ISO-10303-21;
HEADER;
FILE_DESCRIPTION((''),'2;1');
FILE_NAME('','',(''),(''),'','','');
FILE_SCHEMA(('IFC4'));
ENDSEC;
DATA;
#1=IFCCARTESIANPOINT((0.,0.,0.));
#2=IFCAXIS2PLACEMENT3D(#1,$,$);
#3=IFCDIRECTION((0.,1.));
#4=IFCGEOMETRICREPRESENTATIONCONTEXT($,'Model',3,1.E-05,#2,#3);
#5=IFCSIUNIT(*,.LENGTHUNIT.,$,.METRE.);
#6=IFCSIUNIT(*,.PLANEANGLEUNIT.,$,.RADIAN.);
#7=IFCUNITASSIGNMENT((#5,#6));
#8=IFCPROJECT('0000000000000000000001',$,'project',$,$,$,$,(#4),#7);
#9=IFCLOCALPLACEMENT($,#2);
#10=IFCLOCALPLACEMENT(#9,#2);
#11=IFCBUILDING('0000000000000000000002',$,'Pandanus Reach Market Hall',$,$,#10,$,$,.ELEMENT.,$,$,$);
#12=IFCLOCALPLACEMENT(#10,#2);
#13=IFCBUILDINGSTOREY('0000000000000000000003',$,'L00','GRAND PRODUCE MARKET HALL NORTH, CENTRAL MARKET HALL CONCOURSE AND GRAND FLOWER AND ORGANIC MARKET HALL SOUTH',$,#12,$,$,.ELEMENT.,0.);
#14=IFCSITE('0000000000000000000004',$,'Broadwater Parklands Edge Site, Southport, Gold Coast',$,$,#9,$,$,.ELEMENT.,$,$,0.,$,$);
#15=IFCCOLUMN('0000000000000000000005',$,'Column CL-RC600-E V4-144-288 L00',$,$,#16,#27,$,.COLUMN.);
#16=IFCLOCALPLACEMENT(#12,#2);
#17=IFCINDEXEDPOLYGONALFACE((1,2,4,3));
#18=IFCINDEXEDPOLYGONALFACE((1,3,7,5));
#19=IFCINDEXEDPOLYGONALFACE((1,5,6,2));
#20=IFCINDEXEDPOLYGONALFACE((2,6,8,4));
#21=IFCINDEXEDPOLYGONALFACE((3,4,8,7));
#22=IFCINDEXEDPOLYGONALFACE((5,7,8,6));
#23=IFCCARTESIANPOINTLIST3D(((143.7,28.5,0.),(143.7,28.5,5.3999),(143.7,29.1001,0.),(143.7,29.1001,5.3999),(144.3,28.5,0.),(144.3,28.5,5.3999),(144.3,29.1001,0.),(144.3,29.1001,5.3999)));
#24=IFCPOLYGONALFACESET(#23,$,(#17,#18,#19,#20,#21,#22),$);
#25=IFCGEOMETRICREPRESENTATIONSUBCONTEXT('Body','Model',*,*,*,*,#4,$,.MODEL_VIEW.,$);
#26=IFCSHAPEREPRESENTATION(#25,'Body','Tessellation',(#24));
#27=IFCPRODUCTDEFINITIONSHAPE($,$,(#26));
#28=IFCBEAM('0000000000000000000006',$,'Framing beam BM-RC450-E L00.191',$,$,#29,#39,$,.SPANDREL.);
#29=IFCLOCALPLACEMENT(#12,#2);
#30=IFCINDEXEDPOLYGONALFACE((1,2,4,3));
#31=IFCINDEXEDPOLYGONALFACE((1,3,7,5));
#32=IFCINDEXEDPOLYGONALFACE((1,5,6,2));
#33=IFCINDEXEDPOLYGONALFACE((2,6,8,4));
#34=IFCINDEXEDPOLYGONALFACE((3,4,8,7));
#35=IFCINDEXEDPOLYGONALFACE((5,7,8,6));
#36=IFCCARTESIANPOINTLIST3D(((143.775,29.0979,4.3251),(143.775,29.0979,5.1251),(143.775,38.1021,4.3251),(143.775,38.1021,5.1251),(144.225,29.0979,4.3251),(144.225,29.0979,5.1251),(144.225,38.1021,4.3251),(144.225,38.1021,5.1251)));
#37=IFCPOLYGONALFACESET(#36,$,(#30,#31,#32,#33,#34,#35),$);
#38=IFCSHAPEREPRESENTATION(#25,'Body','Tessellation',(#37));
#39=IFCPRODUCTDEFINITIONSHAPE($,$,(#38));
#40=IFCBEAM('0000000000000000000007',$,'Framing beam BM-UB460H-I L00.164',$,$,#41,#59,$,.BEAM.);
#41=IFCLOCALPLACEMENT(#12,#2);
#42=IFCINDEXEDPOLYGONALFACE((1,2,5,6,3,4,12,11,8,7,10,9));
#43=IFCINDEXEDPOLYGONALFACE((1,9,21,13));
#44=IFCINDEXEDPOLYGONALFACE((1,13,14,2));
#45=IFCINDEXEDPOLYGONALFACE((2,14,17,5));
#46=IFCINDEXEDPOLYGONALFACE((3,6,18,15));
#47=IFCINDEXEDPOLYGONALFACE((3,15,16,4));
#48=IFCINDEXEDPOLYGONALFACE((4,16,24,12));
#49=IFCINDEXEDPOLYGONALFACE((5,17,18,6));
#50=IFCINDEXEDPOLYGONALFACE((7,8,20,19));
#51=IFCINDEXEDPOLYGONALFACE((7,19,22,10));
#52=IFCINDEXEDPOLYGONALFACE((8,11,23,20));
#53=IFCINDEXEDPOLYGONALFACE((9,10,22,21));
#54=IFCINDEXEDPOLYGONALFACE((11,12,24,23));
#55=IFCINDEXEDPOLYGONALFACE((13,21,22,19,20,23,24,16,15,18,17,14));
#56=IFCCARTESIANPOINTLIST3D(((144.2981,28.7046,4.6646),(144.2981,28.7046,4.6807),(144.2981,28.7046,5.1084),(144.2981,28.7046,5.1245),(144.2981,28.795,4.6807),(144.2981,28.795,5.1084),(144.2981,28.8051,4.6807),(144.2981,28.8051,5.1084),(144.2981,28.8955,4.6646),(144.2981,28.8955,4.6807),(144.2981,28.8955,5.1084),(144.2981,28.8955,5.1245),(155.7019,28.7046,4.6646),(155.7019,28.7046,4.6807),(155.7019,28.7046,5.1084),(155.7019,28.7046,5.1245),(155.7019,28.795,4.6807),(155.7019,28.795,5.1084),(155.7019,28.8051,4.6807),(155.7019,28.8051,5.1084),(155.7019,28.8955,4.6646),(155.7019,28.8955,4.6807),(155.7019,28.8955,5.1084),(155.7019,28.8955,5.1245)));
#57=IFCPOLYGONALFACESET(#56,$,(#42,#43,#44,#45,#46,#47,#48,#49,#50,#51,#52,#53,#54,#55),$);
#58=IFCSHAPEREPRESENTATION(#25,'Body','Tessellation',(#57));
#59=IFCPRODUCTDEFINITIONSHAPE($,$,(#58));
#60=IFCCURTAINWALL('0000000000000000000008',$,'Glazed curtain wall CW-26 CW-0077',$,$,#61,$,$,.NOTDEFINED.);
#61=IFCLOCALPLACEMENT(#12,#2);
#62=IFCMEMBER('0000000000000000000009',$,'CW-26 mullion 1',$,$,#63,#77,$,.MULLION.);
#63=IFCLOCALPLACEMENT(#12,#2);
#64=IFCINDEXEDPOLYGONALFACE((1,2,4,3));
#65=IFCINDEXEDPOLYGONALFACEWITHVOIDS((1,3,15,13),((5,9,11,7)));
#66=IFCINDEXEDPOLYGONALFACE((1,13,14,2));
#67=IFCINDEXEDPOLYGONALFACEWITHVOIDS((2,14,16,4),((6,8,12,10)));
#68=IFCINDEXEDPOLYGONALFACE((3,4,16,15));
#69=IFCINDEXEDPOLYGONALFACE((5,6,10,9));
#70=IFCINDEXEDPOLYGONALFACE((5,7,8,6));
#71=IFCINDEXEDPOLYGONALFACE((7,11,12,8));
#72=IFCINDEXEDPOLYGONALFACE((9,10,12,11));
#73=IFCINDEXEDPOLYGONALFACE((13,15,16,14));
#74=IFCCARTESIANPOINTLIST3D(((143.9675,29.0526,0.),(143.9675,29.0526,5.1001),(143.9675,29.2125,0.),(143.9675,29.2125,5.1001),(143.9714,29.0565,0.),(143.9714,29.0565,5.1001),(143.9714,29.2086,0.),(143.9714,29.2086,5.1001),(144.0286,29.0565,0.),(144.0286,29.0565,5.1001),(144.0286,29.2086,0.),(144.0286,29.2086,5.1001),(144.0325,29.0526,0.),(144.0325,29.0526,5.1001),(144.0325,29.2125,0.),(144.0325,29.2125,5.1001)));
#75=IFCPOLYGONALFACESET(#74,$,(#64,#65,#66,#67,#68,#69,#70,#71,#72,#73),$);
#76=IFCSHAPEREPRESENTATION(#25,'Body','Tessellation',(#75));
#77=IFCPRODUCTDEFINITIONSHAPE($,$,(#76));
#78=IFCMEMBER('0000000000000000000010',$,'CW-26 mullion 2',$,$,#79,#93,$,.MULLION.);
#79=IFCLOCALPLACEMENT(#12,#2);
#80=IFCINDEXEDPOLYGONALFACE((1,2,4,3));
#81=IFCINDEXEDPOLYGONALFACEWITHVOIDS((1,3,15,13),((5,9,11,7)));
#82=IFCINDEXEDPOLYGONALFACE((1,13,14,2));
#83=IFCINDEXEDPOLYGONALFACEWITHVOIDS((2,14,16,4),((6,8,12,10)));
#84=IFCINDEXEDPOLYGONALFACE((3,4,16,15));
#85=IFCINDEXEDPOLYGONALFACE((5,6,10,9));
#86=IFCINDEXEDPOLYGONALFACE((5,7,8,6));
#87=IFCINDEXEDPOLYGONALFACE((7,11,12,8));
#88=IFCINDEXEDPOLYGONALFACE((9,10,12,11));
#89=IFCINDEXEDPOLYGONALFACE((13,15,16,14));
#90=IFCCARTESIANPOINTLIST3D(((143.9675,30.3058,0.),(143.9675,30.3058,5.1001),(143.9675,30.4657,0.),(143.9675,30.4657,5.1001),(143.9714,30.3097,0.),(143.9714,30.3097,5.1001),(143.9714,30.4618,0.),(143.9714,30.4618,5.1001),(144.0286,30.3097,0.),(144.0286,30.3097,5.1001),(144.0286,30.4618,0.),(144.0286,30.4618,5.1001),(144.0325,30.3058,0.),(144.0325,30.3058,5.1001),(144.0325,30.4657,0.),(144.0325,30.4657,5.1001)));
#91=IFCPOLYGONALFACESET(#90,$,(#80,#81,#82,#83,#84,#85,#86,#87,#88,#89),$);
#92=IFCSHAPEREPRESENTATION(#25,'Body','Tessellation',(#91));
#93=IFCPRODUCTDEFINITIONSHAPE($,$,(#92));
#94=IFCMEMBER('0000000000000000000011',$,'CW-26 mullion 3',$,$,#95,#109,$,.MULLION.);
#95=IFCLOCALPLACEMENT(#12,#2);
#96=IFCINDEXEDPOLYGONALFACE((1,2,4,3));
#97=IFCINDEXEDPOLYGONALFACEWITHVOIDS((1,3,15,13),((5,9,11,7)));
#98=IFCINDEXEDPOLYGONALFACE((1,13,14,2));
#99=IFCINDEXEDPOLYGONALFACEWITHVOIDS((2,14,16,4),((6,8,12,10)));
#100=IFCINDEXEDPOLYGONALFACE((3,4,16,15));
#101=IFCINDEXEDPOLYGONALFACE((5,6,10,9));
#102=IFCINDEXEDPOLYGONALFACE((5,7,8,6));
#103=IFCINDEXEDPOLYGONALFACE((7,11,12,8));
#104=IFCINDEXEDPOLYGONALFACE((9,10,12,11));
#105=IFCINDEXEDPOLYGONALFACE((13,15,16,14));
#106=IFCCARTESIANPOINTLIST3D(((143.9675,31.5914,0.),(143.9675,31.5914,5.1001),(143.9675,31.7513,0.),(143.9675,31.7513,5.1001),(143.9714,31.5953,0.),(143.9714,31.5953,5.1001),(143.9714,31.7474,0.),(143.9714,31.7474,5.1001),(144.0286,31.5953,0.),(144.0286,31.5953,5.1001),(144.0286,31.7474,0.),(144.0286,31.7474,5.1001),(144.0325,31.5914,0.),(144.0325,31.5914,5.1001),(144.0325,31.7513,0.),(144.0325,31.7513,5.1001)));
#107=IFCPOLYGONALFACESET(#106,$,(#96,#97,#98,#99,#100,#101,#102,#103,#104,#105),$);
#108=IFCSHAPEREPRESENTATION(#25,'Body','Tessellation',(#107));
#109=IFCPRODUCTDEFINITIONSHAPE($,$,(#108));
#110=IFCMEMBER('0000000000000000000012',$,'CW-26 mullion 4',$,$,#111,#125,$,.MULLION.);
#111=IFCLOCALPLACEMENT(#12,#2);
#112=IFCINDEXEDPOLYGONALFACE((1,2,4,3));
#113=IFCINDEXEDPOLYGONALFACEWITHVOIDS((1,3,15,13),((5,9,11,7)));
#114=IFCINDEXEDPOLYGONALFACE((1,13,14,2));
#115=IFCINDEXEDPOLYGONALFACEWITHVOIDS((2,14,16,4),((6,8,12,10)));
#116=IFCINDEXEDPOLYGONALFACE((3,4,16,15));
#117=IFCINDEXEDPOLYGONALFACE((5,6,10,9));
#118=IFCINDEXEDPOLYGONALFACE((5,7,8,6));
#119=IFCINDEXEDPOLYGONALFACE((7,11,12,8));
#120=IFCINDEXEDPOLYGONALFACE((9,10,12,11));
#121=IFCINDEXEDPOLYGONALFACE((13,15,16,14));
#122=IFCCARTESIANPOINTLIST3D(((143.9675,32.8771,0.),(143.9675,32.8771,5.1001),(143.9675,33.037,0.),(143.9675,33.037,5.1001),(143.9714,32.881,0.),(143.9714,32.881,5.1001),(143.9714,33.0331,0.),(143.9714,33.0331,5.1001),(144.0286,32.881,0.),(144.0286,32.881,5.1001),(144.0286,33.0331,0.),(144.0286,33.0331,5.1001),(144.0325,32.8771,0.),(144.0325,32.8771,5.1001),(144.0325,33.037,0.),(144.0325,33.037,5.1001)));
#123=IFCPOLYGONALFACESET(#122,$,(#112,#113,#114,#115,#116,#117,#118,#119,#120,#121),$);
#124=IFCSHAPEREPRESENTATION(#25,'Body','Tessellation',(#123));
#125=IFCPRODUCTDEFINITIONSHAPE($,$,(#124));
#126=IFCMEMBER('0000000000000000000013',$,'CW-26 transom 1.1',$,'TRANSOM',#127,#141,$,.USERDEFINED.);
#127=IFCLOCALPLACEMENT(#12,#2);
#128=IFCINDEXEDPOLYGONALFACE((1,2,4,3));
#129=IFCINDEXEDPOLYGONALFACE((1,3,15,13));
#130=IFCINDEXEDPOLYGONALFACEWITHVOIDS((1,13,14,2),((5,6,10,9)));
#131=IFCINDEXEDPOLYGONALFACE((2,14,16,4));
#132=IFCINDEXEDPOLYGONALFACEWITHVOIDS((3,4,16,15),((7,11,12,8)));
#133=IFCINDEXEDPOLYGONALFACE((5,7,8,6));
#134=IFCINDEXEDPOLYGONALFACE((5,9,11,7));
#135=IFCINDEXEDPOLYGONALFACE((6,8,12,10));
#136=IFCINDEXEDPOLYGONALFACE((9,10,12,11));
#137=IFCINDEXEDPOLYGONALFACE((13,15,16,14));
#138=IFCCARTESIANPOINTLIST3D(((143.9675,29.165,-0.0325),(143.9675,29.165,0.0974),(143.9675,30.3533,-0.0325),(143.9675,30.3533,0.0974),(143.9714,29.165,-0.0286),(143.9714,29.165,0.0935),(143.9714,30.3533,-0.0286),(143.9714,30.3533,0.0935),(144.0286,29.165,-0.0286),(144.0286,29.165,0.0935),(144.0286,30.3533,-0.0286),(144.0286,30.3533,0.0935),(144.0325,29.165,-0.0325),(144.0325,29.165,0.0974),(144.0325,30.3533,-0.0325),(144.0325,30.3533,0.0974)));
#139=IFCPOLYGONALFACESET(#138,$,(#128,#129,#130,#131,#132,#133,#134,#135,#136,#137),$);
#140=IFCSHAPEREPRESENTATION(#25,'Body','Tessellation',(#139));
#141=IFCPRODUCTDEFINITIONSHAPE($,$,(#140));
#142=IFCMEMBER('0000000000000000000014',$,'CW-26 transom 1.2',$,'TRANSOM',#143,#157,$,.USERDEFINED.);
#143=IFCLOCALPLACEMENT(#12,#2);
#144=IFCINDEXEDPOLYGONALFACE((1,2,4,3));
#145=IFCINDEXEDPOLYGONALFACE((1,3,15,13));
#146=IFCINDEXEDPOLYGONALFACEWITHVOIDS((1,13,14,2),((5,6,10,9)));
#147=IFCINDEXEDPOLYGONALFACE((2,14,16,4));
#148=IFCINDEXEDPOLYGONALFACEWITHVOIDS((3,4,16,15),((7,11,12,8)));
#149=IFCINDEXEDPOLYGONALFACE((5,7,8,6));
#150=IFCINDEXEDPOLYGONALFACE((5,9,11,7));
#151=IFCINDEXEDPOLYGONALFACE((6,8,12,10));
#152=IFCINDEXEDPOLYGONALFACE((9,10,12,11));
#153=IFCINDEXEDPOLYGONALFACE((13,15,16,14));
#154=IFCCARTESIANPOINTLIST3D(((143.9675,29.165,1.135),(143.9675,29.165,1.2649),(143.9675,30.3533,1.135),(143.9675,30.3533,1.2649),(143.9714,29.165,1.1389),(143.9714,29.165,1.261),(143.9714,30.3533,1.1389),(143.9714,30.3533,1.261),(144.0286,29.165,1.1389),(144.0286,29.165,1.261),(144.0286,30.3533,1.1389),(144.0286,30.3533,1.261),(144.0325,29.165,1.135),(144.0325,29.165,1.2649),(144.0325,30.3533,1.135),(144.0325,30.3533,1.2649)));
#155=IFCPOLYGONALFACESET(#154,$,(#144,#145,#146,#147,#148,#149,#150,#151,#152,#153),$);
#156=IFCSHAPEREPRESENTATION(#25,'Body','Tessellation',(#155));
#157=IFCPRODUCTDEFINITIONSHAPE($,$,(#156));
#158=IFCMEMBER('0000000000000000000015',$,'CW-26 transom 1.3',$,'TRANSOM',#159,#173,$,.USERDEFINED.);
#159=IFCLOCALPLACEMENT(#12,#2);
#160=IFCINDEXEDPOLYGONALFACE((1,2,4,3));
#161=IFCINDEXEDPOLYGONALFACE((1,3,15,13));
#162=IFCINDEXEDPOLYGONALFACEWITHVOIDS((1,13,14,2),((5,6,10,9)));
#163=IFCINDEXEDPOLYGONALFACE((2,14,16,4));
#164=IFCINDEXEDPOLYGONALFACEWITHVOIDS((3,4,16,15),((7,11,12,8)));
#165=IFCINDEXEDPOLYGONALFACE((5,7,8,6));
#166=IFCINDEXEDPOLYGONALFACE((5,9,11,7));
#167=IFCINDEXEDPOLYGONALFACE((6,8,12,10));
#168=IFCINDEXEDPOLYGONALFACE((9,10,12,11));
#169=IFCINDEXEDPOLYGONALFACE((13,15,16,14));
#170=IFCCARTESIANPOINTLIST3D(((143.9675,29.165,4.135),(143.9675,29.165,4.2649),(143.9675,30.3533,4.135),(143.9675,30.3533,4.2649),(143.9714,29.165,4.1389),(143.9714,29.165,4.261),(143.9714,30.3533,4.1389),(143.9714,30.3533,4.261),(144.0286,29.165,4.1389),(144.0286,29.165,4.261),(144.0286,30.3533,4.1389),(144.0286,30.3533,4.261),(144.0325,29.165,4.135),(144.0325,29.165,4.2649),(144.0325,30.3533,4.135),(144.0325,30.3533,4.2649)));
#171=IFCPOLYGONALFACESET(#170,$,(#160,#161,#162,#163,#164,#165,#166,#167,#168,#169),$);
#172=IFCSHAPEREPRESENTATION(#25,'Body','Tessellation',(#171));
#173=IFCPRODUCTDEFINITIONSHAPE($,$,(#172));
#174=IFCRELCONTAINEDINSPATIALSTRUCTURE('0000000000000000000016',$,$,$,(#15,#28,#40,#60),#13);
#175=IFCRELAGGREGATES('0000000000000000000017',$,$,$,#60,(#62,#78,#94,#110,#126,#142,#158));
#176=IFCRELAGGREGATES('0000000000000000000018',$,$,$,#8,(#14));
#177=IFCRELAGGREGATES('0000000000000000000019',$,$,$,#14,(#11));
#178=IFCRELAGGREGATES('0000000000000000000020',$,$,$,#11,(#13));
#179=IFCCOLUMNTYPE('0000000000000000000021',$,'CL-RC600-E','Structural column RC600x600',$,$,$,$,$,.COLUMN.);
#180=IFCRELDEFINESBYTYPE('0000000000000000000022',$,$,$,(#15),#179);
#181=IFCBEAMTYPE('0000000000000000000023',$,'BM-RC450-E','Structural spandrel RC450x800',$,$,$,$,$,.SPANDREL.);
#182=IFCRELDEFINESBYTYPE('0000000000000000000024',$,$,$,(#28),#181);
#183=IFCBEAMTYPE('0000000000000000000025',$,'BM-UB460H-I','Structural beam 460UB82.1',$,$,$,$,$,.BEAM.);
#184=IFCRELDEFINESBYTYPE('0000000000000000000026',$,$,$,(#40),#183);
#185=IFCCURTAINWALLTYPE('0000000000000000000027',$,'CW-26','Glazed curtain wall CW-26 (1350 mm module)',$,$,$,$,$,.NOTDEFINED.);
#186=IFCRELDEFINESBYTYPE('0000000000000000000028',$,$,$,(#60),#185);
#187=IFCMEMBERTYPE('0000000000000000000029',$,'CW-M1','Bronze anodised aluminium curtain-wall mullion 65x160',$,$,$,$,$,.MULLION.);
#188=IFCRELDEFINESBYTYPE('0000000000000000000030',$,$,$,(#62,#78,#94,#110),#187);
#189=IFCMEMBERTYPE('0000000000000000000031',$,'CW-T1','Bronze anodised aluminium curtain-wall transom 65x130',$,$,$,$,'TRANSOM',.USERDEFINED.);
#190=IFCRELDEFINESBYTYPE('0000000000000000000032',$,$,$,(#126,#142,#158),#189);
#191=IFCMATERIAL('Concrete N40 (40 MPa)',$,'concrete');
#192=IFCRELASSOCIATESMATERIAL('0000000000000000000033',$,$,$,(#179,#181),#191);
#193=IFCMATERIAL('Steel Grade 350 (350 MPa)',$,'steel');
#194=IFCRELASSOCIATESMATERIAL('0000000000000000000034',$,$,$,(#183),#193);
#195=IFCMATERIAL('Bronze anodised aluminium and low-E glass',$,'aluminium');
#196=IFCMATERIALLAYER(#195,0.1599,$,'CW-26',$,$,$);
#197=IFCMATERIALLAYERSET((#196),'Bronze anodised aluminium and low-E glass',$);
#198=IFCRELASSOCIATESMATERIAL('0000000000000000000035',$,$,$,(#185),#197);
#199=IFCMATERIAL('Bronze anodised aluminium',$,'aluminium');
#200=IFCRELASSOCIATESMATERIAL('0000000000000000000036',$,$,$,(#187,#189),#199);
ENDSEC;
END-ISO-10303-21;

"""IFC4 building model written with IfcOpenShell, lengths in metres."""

from ifc_helpers import new_model, si_unit, direction, frame, origin, origin_2d, place, context, subcontext, project, spatial, rectangle, hollow_rectangle, i_section, extrude, material, layer, layer_set, material_profile, profile_set, type_object, element, aggregate, save


model = new_model("IFC4")

# Units and contexts
model_context = context("Model", 3, precision=1e-05, world=origin(), true_north=direction((0.0, 1.0)))
body_context = subcontext(model_context, "Body", "Model", "MODEL_VIEW")
ifc_project = project(units=[si_unit("LENGTHUNIT", "METRE"), si_unit("PLANEANGLEUNIT", "RADIAN")], contexts=[model_context])

# Site, building, storey
site_placement = place(None, origin())
site = spatial("IfcSite", under=ifc_project, at=site_placement, Name="Broadwater Parklands Edge Site, Southport, Gold Coast", CompositionType="ELEMENT", RefElevation=0.0)
building_placement = place(site_placement, origin())
building = spatial("IfcBuilding", under=site, at=building_placement, Name="Pandanus Reach Market Hall", CompositionType="ELEMENT")
storey_placement = place(building_placement, origin())
storey = spatial("IfcBuildingStorey", under=building, at=storey_placement, Name="L00", Description="GRAND PRODUCE MARKET HALL NORTH, CENTRAL MARKET HALL CONCOURSE AND GRAND FLOWER AND ORGANIC MARKET HALL SOUTH", CompositionType="ELEMENT", Elevation=0.0)

# Column
ifc_material_1 = material(Name="Concrete N40 (40 MPa)", Category="concrete")
ifc_material_profile_1 = material_profile(ifc_material_1, rectangle(XDim=0.6001, YDim=0.6001, at=origin_2d()), Name="RC600x600", Category="LoadBearing")
ifc_profile_set_1 = profile_set([ifc_material_profile_1], Name="Concrete N40 (40 MPa)")
column_type = type_object("IfcColumnType", Name="CL-RC600-E", Description="Structural column RC600x600", PredefinedType="COLUMN", material=ifc_profile_set_1)
column_placement = place(storey_placement, frame((144.0, 28.8, 0.0), z_axis=(0.0, 0.0, 1.0), x_axis=(1.0, 0.0, 0.0)))
element("IfcColumn", 1, at=column_placement, inside=storey, type_object=column_type, Name="Column CL-RC600-E V4-144-288 L00", PredefinedType="COLUMN", context=body_context, shape_type="SweptSolid", body=[
    extrude(rectangle(XDim=0.6001, YDim=0.6001, at=origin_2d()), origin(), (0.0, 0.0, 1.0), 5.3999),
])

# Beams
ifc_material_profile_2 = material_profile(ifc_material_1, rectangle(XDim=0.45, YDim=0.8, at=origin_2d()), Name="RC450x800", Category="LoadBearing")
ifc_profile_set_2 = profile_set([ifc_material_profile_2], Name="Concrete N40 (40 MPa)")
beam_type_1 = type_object("IfcBeamType", Name="BM-RC450-E", Description="Structural spandrel RC450x800", PredefinedType="SPANDREL", material=ifc_profile_set_2)
beam_1_placement = place(storey_placement, frame((144.0, 29.0979, 4.7251), z_axis=(0.0, 1.0, 0.0), x_axis=(-1.0, 0.0, 0.0)))
element("IfcBeam", 2, at=beam_1_placement, inside=storey, type_object=beam_type_1, Name="Framing beam BM-RC450-E L00.191", PredefinedType="SPANDREL", context=body_context, shape_type="SweptSolid", body=[
    extrude(rectangle(XDim=0.45, YDim=0.8, at=origin_2d()), origin(), (0.0, 0.0, 1.0), 9.0042),
])
ifc_material_2 = material(Name="Steel Grade 350 (350 MPa)", Category="steel")
ifc_material_profile_3 = material_profile(ifc_material_2, i_section(OverallWidth=0.1909, OverallDepth=0.46, WebThickness=0.01, FlangeThickness=0.0161, at=origin_2d()), Name="460UB82.1", Category="LoadBearing")
ifc_profile_set_3 = profile_set([ifc_material_profile_3], Name="Steel Grade 350 (350 MPa)")
beam_type_2 = type_object("IfcBeamType", Name="BM-UB460H-I", Description="Structural beam 460UB82.1", PredefinedType="BEAM", material=ifc_profile_set_3)
beam_2_placement = place(storey_placement, frame((144.2981, 28.8, 4.8945), z_axis=(1.0, 0.0, 0.0), x_axis=(0.0, 1.0, 0.0)))
element("IfcBeam", 3, at=beam_2_placement, inside=storey, type_object=beam_type_2, Name="Framing beam BM-UB460H-I L00.164", PredefinedType="BEAM", context=body_context, shape_type="SweptSolid", body=[
    extrude(i_section(OverallWidth=0.1909, OverallDepth=0.46, WebThickness=0.01, FlangeThickness=0.0161, at=origin_2d()), origin(), (0.0, 0.0, 1.0), 11.4038),
])

# Curtain wall, members
ifc_material_3 = material(Name="Bronze anodised aluminium and low-E glass", Category="aluminium")
ifc_layer_1 = layer(ifc_material_3, 0.1599, Name="CW-26")
ifc_layer_set_1 = layer_set([ifc_layer_1], Name="Bronze anodised aluminium and low-E glass")
curtain_wall_type = type_object("IfcCurtainWallType", Name="CW-26", Description="Glazed curtain wall CW-26 (1350 mm module)", PredefinedType="NOTDEFINED", material=ifc_layer_set_1)
curtain_wall_placement = place(storey_placement, origin())
curtain_wall = element("IfcCurtainWall", 4, at=curtain_wall_placement, inside=storey, type_object=curtain_wall_type, Name="Glazed curtain wall CW-26 CW-0077", PredefinedType="NOTDEFINED")
ifc_material_4 = material(Name="Bronze anodised aluminium", Category="aluminium")
ifc_material_profile_4 = material_profile(ifc_material_4, hollow_rectangle(XDim=0.0649, YDim=0.1599, WallThickness=0.0039, at=origin_2d()), Name="ALU65x160", Category="LoadBearing")
ifc_profile_set_4 = profile_set([ifc_material_profile_4], Name="Bronze anodised aluminium")
member_type_1 = type_object("IfcMemberType", Name="CW-M1", Description="Bronze anodised aluminium curtain-wall mullion 65x160", PredefinedType="MULLION", material=ifc_profile_set_4)
member_1_placement = place(storey_placement, frame((144.0, 29.1326, 0.0), z_axis=(0.0, 0.0, 1.0), x_axis=(-1.0, 0.0, 0.0)))
member_1 = element("IfcMember", 5, at=member_1_placement, type_object=member_type_1, Name="CW-26 mullion 1", PredefinedType="MULLION", context=body_context, shape_type="SweptSolid", body=[
    extrude(hollow_rectangle(XDim=0.0649, YDim=0.1599, WallThickness=0.0039, at=origin_2d()), origin(), (0.0, 0.0, 1.0), 5.1001),
])
member_2_placement = place(storey_placement, frame((144.0, 30.3857, 0.0), z_axis=(0.0, 0.0, 1.0), x_axis=(-1.0, 0.0, 0.0)))
member_2 = element("IfcMember", 6, at=member_2_placement, type_object=member_type_1, Name="CW-26 mullion 2", PredefinedType="MULLION", context=body_context, shape_type="SweptSolid", body=[
    extrude(hollow_rectangle(XDim=0.0649, YDim=0.1599, WallThickness=0.0039, at=origin_2d()), origin(), (0.0, 0.0, 1.0), 5.1001),
])
member_3_placement = place(storey_placement, frame((144.0, 31.6714, 0.0), z_axis=(0.0, 0.0, 1.0), x_axis=(-1.0, 0.0, 0.0)))
member_3 = element("IfcMember", 7, at=member_3_placement, type_object=member_type_1, Name="CW-26 mullion 3", PredefinedType="MULLION", context=body_context, shape_type="SweptSolid", body=[
    extrude(hollow_rectangle(XDim=0.0649, YDim=0.1599, WallThickness=0.0039, at=origin_2d()), origin(), (0.0, 0.0, 1.0), 5.1001),
])
member_4_placement = place(storey_placement, frame((144.0, 32.957, 0.0), z_axis=(0.0, 0.0, 1.0), x_axis=(-1.0, 0.0, 0.0)))
member_4 = element("IfcMember", 8, at=member_4_placement, type_object=member_type_1, Name="CW-26 mullion 4", PredefinedType="MULLION", context=body_context, shape_type="SweptSolid", body=[
    extrude(hollow_rectangle(XDim=0.0649, YDim=0.1599, WallThickness=0.0039, at=origin_2d()), origin(), (0.0, 0.0, 1.0), 5.1001),
])
ifc_material_profile_5 = material_profile(ifc_material_4, hollow_rectangle(XDim=0.0649, YDim=0.1299, WallThickness=0.0039, at=origin_2d()), Name="ALU65x130", Category="LoadBearing")
ifc_profile_set_5 = profile_set([ifc_material_profile_5], Name="Bronze anodised aluminium")
member_type_2 = type_object("IfcMemberType", Name="CW-T1", Description="Bronze anodised aluminium curtain-wall transom 65x130", ElementType="TRANSOM", PredefinedType="USERDEFINED", material=ifc_profile_set_5)
member_5_placement = place(storey_placement, frame((144.0, 29.165, 0.0325), z_axis=(0.0, 1.0, 0.0), x_axis=(-1.0, 0.0, 0.0)))
member_5 = element("IfcMember", 9, at=member_5_placement, type_object=member_type_2, Name="CW-26 transom 1.1", ObjectType="TRANSOM", PredefinedType="USERDEFINED", context=body_context, shape_type="SweptSolid", body=[
    extrude(hollow_rectangle(XDim=0.0649, YDim=0.1299, WallThickness=0.0039, at=origin_2d()), origin(), (0.0, 0.0, 1.0), 1.1882),
])
member_6_placement = place(storey_placement, frame((144.0, 29.165, 1.2), z_axis=(0.0, 1.0, 0.0), x_axis=(-1.0, 0.0, 0.0)))
member_6 = element("IfcMember", 10, at=member_6_placement, type_object=member_type_2, Name="CW-26 transom 1.2", ObjectType="TRANSOM", PredefinedType="USERDEFINED", context=body_context, shape_type="SweptSolid", body=[
    extrude(hollow_rectangle(XDim=0.0649, YDim=0.1299, WallThickness=0.0039, at=origin_2d()), origin(), (0.0, 0.0, 1.0), 1.1882),
])
member_7_placement = place(storey_placement, frame((144.0, 29.165, 4.2), z_axis=(0.0, 1.0, 0.0), x_axis=(-1.0, 0.0, 0.0)))
member_7 = element("IfcMember", 11, at=member_7_placement, type_object=member_type_2, Name="CW-26 transom 1.3", ObjectType="TRANSOM", PredefinedType="USERDEFINED", context=body_context, shape_type="SweptSolid", body=[
    extrude(hollow_rectangle(XDim=0.0649, YDim=0.1299, WallThickness=0.0039, at=origin_2d()), origin(), (0.0, 0.0, 1.0), 1.1882),
])

aggregate(curtain_wall, [member_1, member_2, member_3, member_4, member_5, member_6, member_7])

save(model, "model.ifc")
